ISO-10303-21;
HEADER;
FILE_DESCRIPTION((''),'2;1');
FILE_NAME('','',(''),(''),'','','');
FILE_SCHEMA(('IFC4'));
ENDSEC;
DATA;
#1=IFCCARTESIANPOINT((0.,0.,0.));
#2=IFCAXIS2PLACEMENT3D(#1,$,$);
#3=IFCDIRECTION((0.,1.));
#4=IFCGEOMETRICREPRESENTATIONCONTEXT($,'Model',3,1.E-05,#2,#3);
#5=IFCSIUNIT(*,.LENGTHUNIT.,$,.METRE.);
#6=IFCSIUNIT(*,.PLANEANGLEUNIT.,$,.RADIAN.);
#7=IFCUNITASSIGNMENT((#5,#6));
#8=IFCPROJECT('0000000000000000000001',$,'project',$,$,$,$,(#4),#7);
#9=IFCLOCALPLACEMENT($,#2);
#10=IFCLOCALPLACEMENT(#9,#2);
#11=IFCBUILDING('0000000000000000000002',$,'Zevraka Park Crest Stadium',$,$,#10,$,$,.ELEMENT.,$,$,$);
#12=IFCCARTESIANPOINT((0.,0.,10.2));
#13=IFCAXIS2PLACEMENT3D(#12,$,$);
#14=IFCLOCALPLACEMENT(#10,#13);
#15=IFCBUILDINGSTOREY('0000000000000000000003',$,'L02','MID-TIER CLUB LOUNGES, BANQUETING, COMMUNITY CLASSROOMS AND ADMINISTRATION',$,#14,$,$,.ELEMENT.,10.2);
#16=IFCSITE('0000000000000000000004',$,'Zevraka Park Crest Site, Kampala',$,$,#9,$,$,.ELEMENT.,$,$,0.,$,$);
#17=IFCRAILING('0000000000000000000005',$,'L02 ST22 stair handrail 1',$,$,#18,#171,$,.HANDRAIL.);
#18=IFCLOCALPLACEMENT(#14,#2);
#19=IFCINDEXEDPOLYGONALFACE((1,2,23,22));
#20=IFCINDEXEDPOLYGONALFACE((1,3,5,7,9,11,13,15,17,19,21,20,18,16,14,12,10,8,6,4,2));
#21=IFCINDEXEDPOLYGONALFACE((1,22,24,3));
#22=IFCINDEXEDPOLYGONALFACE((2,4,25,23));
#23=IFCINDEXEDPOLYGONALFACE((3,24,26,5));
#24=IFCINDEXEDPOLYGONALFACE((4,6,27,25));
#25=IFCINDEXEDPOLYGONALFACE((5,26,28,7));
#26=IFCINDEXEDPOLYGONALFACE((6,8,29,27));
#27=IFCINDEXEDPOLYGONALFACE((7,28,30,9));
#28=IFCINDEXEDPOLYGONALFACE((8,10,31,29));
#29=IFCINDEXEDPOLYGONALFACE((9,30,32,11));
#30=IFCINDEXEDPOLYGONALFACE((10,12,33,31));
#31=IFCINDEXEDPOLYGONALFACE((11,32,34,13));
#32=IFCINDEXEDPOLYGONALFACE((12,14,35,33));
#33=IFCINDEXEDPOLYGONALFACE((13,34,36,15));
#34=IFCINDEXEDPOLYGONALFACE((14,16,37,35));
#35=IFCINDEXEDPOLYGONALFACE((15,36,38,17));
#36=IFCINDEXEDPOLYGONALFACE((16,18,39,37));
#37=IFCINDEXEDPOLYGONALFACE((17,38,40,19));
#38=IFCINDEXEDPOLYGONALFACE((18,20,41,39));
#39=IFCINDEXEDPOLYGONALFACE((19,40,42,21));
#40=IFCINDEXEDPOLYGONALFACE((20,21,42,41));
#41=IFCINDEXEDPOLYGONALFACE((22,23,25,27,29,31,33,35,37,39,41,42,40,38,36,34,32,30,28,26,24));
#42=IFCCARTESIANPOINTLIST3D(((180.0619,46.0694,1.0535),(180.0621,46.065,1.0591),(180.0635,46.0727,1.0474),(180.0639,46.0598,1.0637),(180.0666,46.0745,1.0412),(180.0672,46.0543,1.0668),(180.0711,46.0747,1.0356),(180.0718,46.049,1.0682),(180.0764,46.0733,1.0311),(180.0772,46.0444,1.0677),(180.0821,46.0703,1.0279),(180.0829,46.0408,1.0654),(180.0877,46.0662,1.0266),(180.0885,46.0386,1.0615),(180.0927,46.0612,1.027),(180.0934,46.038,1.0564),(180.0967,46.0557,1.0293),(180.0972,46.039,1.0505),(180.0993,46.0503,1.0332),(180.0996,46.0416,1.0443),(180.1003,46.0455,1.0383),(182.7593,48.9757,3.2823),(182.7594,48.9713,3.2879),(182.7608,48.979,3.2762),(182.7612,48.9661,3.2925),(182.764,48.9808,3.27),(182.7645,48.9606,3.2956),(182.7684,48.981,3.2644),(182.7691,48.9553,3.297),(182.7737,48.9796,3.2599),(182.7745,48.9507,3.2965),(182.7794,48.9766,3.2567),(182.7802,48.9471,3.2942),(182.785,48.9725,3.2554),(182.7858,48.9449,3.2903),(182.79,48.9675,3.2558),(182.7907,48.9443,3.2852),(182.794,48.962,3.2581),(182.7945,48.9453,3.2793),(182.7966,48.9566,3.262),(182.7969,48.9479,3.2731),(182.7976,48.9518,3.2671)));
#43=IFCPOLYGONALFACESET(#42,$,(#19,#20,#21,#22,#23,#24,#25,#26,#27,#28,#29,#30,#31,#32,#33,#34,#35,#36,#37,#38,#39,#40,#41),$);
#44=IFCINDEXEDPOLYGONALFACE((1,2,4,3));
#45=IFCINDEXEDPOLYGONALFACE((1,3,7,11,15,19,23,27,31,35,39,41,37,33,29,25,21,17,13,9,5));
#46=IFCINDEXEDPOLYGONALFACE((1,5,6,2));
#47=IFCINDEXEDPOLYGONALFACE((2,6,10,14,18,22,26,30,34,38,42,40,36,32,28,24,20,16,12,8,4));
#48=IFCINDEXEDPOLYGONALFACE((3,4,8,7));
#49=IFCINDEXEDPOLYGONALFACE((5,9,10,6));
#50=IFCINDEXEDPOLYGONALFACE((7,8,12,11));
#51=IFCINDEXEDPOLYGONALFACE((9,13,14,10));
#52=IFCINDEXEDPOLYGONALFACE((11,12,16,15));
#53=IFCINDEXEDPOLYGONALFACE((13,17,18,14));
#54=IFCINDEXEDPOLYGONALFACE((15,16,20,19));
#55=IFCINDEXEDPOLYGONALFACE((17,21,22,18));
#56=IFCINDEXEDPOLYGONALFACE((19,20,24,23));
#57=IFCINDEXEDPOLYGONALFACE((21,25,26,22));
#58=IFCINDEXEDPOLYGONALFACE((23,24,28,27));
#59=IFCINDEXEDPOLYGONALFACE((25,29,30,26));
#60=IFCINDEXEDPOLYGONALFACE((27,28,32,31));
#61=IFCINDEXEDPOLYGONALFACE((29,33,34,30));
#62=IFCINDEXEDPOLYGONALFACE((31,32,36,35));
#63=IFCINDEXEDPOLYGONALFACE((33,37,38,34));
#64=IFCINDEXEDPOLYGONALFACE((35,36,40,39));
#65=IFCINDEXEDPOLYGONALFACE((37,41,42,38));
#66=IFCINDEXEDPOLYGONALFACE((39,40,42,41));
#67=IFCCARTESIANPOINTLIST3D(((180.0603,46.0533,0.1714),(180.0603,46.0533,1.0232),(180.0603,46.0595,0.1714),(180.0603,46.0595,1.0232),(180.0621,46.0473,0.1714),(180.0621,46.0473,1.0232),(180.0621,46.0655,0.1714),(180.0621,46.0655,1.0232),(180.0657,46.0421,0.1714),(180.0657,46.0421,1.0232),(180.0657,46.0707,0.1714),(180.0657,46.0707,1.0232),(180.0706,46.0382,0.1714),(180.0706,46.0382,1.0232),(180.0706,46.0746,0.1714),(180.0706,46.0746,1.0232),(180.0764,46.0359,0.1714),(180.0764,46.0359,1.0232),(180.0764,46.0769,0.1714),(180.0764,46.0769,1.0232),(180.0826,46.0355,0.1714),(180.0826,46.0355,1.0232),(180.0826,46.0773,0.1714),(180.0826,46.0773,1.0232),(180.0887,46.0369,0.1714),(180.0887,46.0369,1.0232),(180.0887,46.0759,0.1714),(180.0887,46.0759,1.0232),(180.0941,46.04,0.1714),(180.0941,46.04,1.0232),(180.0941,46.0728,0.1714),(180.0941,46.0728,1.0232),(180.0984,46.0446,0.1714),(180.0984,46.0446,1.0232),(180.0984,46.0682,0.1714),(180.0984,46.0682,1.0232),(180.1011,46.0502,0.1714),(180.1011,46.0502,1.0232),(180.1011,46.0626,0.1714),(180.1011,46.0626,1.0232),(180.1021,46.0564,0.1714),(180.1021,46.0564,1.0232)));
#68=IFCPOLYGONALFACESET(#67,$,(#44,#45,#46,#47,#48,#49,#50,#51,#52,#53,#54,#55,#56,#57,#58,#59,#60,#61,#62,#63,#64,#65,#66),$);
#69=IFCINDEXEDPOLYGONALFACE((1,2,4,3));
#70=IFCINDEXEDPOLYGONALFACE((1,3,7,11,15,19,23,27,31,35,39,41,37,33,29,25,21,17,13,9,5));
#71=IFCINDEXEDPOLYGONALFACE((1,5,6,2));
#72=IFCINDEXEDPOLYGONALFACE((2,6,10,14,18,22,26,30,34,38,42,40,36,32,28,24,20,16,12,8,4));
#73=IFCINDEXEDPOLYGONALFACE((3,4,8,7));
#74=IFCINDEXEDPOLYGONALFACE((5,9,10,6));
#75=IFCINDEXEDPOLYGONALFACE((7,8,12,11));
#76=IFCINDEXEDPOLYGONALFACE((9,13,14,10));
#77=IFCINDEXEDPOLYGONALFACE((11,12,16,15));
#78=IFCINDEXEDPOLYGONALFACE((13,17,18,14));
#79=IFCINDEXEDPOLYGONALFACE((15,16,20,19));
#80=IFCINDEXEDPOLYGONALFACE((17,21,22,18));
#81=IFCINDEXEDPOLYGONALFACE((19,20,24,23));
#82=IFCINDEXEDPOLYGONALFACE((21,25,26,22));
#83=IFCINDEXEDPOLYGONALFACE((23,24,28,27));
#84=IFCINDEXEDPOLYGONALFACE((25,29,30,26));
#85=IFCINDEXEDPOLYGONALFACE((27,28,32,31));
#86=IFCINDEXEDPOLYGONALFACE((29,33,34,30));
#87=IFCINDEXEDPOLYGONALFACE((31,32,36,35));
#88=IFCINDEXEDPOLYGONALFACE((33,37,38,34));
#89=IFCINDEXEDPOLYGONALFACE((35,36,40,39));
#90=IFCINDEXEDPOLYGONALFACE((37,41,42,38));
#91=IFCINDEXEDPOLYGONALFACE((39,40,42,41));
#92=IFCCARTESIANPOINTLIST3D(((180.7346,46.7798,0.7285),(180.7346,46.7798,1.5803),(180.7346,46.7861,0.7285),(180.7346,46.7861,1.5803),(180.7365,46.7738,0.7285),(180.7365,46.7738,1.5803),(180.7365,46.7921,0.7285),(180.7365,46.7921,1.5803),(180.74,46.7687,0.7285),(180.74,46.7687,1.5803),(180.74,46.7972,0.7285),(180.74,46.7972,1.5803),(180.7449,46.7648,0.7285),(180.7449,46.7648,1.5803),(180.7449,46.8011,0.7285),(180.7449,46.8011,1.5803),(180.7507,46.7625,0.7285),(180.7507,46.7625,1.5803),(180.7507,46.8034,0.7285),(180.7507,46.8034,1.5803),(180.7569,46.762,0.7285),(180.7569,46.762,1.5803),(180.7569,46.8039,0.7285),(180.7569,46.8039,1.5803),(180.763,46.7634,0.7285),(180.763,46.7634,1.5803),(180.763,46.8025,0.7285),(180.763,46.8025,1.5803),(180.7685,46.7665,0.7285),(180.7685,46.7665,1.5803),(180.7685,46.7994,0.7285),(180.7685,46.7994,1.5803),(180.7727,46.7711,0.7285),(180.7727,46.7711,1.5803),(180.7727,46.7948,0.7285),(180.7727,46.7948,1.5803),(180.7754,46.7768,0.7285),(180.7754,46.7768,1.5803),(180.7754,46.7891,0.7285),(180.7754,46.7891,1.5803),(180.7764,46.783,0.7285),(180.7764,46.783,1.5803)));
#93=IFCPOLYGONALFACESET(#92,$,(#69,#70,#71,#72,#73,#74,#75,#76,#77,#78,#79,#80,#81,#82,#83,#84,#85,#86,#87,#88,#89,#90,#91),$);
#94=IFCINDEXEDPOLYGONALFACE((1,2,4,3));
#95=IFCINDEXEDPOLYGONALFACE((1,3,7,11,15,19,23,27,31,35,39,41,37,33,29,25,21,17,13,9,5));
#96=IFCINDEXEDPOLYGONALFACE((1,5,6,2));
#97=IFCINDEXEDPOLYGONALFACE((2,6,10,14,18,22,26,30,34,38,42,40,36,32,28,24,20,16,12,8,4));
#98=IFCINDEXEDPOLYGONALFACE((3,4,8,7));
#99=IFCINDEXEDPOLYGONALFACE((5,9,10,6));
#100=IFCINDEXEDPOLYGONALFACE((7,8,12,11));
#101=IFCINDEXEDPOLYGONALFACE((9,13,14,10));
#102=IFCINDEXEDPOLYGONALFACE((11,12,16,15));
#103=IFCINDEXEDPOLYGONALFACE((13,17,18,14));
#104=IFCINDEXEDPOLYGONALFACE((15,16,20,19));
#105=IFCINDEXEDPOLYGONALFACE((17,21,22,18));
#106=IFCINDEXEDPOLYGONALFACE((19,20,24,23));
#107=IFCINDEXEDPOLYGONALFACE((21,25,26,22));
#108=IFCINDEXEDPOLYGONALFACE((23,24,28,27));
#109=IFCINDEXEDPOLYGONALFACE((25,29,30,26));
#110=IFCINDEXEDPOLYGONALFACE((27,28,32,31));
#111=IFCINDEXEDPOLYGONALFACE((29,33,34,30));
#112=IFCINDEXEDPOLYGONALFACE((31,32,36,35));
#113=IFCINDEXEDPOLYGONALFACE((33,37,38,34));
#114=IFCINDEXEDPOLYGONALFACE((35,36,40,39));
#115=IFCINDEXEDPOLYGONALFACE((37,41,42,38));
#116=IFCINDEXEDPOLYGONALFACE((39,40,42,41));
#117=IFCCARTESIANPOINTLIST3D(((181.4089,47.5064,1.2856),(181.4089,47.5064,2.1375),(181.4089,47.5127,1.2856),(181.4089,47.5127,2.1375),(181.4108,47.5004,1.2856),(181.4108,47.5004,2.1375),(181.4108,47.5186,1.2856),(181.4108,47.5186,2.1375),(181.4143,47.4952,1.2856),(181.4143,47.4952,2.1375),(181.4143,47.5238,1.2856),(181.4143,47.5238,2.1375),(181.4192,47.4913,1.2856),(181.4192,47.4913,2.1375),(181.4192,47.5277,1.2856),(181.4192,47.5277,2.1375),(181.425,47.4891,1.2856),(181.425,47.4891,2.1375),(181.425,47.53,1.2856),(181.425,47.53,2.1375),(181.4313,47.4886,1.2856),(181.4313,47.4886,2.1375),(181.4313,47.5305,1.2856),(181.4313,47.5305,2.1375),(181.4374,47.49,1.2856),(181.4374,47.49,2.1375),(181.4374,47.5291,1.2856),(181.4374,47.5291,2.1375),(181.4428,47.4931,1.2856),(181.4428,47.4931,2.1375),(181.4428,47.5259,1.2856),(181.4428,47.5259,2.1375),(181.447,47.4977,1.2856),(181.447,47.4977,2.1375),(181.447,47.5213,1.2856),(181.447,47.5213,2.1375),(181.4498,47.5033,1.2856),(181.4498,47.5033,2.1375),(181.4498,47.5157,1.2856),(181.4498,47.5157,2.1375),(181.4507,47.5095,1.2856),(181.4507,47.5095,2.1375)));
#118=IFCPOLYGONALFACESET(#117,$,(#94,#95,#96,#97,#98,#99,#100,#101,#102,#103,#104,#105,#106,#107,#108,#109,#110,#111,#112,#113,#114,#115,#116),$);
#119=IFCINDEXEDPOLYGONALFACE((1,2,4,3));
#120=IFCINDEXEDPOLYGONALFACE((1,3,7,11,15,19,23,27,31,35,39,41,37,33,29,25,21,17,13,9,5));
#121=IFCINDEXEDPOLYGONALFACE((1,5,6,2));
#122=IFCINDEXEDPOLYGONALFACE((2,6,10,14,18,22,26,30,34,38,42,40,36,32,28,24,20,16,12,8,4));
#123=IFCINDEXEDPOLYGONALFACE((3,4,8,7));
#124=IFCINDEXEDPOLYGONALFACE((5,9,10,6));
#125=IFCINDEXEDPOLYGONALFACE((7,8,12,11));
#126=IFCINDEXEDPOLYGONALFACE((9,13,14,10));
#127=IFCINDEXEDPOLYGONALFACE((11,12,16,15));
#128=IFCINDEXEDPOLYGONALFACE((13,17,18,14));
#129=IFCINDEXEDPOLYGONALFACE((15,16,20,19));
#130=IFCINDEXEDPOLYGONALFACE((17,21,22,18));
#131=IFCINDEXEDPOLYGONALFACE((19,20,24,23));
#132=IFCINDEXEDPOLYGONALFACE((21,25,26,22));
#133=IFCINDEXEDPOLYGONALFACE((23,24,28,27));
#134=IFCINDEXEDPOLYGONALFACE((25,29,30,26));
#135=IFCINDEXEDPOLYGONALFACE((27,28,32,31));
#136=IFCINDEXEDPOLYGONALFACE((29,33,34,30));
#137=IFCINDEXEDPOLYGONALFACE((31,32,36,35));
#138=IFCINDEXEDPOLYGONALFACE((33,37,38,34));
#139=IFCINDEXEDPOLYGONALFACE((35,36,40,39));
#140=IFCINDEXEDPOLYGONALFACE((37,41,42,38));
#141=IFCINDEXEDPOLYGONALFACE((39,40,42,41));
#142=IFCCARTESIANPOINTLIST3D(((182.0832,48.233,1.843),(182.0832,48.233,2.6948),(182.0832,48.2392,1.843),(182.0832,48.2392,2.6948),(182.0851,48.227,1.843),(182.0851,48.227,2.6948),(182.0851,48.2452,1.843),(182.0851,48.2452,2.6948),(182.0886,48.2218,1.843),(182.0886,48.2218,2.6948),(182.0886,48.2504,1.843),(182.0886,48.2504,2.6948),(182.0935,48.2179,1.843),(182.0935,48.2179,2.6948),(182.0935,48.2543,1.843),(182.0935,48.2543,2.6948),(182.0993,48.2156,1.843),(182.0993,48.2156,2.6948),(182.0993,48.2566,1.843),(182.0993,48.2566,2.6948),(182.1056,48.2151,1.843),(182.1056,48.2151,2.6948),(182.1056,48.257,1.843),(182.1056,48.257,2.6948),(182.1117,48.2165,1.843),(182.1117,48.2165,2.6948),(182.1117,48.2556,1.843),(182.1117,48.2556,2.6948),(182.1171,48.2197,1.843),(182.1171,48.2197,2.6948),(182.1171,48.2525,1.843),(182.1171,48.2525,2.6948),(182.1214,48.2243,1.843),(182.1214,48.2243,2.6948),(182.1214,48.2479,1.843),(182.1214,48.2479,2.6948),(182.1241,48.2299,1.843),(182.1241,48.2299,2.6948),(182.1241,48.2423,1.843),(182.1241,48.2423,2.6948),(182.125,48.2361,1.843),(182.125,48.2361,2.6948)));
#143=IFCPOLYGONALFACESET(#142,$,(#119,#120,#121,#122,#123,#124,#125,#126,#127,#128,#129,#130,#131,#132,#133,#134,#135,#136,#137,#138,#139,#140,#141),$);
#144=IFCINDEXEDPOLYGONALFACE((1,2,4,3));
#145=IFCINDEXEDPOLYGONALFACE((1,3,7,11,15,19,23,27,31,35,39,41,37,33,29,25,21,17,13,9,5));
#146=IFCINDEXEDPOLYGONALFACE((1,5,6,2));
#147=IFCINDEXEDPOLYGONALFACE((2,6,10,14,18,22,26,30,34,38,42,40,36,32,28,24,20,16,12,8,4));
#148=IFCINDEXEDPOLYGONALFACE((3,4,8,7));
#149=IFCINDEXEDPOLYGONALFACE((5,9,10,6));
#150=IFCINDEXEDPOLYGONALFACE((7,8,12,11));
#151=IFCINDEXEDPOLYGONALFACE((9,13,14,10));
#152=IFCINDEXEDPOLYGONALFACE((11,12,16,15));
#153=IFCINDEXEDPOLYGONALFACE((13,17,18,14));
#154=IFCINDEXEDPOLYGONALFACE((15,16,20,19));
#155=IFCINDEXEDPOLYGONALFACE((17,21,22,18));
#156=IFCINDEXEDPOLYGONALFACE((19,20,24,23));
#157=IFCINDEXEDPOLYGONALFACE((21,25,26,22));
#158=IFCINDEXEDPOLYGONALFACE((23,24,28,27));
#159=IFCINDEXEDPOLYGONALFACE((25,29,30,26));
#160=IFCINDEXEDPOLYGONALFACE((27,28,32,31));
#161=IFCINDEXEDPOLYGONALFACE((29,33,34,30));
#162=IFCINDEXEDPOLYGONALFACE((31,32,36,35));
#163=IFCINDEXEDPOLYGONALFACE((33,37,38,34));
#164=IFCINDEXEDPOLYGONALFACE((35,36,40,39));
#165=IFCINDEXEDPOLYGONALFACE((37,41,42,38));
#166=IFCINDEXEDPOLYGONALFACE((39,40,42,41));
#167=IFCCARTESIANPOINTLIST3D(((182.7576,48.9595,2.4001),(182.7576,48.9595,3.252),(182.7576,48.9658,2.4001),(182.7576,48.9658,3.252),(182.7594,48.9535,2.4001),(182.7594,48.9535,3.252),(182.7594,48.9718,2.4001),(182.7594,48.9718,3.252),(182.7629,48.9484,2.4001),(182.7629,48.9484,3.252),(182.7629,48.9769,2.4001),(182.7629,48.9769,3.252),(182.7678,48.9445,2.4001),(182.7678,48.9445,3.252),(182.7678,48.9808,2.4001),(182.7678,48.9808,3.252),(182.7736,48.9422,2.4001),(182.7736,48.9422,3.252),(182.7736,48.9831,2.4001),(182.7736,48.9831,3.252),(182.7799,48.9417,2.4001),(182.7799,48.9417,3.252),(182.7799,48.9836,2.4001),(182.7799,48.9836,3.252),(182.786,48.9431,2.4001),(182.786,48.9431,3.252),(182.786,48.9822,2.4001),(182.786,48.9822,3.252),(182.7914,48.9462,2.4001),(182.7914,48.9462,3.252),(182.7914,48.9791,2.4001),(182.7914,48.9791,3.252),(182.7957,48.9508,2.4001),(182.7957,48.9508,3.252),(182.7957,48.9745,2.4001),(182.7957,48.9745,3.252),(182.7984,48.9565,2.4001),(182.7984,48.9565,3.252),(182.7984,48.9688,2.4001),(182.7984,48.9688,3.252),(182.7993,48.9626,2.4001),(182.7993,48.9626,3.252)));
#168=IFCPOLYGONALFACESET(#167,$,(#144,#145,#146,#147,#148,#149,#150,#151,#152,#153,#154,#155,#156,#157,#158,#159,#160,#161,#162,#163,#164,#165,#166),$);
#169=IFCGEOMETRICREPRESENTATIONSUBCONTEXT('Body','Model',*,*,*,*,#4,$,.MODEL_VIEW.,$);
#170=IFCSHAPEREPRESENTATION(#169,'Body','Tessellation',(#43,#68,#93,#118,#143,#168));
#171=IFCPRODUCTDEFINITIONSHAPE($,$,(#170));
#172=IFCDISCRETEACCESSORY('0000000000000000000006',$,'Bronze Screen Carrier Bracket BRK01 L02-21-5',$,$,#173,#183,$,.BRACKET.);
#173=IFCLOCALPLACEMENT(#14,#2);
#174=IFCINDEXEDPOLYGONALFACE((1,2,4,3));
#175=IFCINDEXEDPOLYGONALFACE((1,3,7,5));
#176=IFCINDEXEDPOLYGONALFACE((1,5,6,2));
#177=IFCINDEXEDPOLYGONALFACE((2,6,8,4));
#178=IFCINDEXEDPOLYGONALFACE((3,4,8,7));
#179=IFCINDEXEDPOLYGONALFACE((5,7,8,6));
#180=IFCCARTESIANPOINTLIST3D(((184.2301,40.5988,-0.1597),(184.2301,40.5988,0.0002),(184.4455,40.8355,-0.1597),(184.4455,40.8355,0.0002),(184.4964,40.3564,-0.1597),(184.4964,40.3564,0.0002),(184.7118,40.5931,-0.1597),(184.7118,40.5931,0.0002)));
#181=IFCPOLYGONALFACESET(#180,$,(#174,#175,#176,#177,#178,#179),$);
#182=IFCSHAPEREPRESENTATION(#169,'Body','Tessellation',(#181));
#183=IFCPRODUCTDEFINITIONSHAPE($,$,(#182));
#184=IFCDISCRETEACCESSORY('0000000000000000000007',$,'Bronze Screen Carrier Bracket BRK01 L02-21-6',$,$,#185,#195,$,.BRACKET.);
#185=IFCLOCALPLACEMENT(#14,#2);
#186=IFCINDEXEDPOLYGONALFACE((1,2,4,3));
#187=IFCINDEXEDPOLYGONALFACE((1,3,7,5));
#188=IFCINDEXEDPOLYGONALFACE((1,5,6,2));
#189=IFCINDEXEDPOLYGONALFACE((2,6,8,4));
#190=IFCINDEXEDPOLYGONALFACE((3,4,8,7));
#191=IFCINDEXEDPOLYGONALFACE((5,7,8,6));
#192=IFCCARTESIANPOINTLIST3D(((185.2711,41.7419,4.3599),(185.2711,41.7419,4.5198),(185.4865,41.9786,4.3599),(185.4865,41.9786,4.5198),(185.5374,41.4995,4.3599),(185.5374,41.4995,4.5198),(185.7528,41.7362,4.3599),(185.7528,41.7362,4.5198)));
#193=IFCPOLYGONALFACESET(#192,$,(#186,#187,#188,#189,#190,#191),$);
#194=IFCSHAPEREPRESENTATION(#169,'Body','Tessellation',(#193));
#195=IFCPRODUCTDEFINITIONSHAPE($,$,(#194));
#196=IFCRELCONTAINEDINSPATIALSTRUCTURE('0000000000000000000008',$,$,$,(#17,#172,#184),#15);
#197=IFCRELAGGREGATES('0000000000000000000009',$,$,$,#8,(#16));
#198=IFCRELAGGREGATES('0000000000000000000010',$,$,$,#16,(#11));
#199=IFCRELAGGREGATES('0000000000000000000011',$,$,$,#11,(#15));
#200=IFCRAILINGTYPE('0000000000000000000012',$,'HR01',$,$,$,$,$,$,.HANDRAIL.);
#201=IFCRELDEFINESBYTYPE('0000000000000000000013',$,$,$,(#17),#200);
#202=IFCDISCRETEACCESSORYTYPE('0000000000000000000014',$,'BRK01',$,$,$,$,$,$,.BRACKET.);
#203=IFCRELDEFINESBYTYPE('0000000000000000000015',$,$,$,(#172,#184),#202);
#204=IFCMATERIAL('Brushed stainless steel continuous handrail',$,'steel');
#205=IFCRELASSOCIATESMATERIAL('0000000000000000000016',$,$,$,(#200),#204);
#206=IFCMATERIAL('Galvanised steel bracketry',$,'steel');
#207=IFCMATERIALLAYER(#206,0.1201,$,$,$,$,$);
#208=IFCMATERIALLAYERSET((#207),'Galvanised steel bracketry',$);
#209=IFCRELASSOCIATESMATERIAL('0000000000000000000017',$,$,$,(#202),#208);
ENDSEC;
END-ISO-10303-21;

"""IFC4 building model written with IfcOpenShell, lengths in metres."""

from ifc_helpers import new_model, si_unit, direction, frame, origin, origin_2d, place, context, subcontext, project, spatial, rectangle, circle, extrude, material, layer, layer_set, type_object, element, save


model = new_model("IFC4")

# Units and contexts
model_context = context("Model", 3, precision=1e-05, world=origin(), true_north=direction((0.0, 1.0)))
body_context = subcontext(model_context, "Body", "Model", "MODEL_VIEW")
ifc_project = project(units=[si_unit("LENGTHUNIT", "METRE"), si_unit("PLANEANGLEUNIT", "RADIAN")], contexts=[model_context])

# Site, building, storey
site_placement = place(None, origin())
site = spatial("IfcSite", under=ifc_project, at=site_placement, Name="Zevraka Park Crest Site, Kampala", CompositionType="ELEMENT", RefElevation=0.0)
building_placement = place(site_placement, origin())
building = spatial("IfcBuilding", under=site, at=building_placement, Name="Zevraka Park Crest Stadium", CompositionType="ELEMENT")
storey_placement = place(building_placement, frame((0.0, 0.0, 10.2)))
storey = spatial("IfcBuildingStorey", under=building, at=storey_placement, Name="L02", Description="MID-TIER CLUB LOUNGES, BANQUETING, COMMUNITY CLASSROOMS AND ADMINISTRATION", CompositionType="ELEMENT", Elevation=10.2)

# Railing
ifc_material_1 = material(Name="Brushed stainless steel continuous handrail", Category="steel")
railing_type_1 = type_object("IfcRailingType", Name="HR01", PredefinedType="HANDRAIL", material=ifc_material_1)
railing_1_placement = place(storey_placement, frame((180.0811, 46.0564, 0.1714)))
element("IfcRailing", 1, at=railing_1_placement, inside=storey, type_object=railing_type_1, Name="L02 ST22 stair handrail 1", PredefinedType="HANDRAIL", context=body_context, shape_type="SweptSolid", body=[
    extrude(circle(Radius=0.0239, at=origin_2d()), frame((0.0, 0.0, 0.876), z_axis=(0.593, 0.638946, 0.489998), x_axis=(-0.732969, 0.680262, 0.0)), (0.0, 0.0, 1.0), 4.5486),
    extrude(circle(Radius=0.021, at=origin_2d()), origin(), (0.0, 0.0, 1.0), 0.8518),
    extrude(circle(Radius=0.021, at=origin_2d()), frame((0.6743, 0.7266, 0.5571)), (0.0, 0.0, 1.0), 0.8518),
    extrude(circle(Radius=0.021, at=origin_2d()), frame((1.3486, 1.4531, 1.1143)), (0.0, 0.0, 1.0), 0.8518),
    extrude(circle(Radius=0.021, at=origin_2d()), frame((2.0229, 2.1797, 1.6716)), (0.0, 0.0, 1.0), 0.8518),
    extrude(circle(Radius=0.021, at=origin_2d()), frame((2.6973, 2.9062, 2.2288)), (0.0, 0.0, 1.0), 0.8518),
])

# Discrete accessories
ifc_material_2 = material(Name="Galvanised steel bracketry", Category="steel")
ifc_layer_1 = layer(ifc_material_2, 0.1201)
ifc_layer_set_1 = layer_set([ifc_layer_1], Name="Galvanised steel bracketry")
discrete_accessory_type = type_object("IfcDiscreteAccessoryType", Name="BRK01", PredefinedType="BRACKET", material=ifc_layer_set_1)
for number, where, z_axis, x_axis, name in (
    (2, (184.4709, 40.5959, -0.1597), (0.0, 0.0, 1.0), (0.673142, 0.739514, 0.0), "Bronze Screen Carrier Bracket BRK01 L02-21-5"),
    (3, (185.512, 41.739, 4.3599), (0.0, 0.0, 1.0), (0.673142, 0.739514, 0.0), "Bronze Screen Carrier Bracket BRK01 L02-21-6"),
):
    element("IfcDiscreteAccessory", number, at=place(storey_placement, frame(where, z_axis=z_axis, x_axis=x_axis)), inside=storey, type_object=discrete_accessory_type, Name=name, PredefinedType="BRACKET", context=body_context, shape_type="SweptSolid", body=[
        extrude(rectangle(XDim=0.3201, YDim=0.3601, at=origin_2d()), origin(), (0.0, 0.0, 1.0), 0.1599),
    ])

save(model, "model.ifc")
